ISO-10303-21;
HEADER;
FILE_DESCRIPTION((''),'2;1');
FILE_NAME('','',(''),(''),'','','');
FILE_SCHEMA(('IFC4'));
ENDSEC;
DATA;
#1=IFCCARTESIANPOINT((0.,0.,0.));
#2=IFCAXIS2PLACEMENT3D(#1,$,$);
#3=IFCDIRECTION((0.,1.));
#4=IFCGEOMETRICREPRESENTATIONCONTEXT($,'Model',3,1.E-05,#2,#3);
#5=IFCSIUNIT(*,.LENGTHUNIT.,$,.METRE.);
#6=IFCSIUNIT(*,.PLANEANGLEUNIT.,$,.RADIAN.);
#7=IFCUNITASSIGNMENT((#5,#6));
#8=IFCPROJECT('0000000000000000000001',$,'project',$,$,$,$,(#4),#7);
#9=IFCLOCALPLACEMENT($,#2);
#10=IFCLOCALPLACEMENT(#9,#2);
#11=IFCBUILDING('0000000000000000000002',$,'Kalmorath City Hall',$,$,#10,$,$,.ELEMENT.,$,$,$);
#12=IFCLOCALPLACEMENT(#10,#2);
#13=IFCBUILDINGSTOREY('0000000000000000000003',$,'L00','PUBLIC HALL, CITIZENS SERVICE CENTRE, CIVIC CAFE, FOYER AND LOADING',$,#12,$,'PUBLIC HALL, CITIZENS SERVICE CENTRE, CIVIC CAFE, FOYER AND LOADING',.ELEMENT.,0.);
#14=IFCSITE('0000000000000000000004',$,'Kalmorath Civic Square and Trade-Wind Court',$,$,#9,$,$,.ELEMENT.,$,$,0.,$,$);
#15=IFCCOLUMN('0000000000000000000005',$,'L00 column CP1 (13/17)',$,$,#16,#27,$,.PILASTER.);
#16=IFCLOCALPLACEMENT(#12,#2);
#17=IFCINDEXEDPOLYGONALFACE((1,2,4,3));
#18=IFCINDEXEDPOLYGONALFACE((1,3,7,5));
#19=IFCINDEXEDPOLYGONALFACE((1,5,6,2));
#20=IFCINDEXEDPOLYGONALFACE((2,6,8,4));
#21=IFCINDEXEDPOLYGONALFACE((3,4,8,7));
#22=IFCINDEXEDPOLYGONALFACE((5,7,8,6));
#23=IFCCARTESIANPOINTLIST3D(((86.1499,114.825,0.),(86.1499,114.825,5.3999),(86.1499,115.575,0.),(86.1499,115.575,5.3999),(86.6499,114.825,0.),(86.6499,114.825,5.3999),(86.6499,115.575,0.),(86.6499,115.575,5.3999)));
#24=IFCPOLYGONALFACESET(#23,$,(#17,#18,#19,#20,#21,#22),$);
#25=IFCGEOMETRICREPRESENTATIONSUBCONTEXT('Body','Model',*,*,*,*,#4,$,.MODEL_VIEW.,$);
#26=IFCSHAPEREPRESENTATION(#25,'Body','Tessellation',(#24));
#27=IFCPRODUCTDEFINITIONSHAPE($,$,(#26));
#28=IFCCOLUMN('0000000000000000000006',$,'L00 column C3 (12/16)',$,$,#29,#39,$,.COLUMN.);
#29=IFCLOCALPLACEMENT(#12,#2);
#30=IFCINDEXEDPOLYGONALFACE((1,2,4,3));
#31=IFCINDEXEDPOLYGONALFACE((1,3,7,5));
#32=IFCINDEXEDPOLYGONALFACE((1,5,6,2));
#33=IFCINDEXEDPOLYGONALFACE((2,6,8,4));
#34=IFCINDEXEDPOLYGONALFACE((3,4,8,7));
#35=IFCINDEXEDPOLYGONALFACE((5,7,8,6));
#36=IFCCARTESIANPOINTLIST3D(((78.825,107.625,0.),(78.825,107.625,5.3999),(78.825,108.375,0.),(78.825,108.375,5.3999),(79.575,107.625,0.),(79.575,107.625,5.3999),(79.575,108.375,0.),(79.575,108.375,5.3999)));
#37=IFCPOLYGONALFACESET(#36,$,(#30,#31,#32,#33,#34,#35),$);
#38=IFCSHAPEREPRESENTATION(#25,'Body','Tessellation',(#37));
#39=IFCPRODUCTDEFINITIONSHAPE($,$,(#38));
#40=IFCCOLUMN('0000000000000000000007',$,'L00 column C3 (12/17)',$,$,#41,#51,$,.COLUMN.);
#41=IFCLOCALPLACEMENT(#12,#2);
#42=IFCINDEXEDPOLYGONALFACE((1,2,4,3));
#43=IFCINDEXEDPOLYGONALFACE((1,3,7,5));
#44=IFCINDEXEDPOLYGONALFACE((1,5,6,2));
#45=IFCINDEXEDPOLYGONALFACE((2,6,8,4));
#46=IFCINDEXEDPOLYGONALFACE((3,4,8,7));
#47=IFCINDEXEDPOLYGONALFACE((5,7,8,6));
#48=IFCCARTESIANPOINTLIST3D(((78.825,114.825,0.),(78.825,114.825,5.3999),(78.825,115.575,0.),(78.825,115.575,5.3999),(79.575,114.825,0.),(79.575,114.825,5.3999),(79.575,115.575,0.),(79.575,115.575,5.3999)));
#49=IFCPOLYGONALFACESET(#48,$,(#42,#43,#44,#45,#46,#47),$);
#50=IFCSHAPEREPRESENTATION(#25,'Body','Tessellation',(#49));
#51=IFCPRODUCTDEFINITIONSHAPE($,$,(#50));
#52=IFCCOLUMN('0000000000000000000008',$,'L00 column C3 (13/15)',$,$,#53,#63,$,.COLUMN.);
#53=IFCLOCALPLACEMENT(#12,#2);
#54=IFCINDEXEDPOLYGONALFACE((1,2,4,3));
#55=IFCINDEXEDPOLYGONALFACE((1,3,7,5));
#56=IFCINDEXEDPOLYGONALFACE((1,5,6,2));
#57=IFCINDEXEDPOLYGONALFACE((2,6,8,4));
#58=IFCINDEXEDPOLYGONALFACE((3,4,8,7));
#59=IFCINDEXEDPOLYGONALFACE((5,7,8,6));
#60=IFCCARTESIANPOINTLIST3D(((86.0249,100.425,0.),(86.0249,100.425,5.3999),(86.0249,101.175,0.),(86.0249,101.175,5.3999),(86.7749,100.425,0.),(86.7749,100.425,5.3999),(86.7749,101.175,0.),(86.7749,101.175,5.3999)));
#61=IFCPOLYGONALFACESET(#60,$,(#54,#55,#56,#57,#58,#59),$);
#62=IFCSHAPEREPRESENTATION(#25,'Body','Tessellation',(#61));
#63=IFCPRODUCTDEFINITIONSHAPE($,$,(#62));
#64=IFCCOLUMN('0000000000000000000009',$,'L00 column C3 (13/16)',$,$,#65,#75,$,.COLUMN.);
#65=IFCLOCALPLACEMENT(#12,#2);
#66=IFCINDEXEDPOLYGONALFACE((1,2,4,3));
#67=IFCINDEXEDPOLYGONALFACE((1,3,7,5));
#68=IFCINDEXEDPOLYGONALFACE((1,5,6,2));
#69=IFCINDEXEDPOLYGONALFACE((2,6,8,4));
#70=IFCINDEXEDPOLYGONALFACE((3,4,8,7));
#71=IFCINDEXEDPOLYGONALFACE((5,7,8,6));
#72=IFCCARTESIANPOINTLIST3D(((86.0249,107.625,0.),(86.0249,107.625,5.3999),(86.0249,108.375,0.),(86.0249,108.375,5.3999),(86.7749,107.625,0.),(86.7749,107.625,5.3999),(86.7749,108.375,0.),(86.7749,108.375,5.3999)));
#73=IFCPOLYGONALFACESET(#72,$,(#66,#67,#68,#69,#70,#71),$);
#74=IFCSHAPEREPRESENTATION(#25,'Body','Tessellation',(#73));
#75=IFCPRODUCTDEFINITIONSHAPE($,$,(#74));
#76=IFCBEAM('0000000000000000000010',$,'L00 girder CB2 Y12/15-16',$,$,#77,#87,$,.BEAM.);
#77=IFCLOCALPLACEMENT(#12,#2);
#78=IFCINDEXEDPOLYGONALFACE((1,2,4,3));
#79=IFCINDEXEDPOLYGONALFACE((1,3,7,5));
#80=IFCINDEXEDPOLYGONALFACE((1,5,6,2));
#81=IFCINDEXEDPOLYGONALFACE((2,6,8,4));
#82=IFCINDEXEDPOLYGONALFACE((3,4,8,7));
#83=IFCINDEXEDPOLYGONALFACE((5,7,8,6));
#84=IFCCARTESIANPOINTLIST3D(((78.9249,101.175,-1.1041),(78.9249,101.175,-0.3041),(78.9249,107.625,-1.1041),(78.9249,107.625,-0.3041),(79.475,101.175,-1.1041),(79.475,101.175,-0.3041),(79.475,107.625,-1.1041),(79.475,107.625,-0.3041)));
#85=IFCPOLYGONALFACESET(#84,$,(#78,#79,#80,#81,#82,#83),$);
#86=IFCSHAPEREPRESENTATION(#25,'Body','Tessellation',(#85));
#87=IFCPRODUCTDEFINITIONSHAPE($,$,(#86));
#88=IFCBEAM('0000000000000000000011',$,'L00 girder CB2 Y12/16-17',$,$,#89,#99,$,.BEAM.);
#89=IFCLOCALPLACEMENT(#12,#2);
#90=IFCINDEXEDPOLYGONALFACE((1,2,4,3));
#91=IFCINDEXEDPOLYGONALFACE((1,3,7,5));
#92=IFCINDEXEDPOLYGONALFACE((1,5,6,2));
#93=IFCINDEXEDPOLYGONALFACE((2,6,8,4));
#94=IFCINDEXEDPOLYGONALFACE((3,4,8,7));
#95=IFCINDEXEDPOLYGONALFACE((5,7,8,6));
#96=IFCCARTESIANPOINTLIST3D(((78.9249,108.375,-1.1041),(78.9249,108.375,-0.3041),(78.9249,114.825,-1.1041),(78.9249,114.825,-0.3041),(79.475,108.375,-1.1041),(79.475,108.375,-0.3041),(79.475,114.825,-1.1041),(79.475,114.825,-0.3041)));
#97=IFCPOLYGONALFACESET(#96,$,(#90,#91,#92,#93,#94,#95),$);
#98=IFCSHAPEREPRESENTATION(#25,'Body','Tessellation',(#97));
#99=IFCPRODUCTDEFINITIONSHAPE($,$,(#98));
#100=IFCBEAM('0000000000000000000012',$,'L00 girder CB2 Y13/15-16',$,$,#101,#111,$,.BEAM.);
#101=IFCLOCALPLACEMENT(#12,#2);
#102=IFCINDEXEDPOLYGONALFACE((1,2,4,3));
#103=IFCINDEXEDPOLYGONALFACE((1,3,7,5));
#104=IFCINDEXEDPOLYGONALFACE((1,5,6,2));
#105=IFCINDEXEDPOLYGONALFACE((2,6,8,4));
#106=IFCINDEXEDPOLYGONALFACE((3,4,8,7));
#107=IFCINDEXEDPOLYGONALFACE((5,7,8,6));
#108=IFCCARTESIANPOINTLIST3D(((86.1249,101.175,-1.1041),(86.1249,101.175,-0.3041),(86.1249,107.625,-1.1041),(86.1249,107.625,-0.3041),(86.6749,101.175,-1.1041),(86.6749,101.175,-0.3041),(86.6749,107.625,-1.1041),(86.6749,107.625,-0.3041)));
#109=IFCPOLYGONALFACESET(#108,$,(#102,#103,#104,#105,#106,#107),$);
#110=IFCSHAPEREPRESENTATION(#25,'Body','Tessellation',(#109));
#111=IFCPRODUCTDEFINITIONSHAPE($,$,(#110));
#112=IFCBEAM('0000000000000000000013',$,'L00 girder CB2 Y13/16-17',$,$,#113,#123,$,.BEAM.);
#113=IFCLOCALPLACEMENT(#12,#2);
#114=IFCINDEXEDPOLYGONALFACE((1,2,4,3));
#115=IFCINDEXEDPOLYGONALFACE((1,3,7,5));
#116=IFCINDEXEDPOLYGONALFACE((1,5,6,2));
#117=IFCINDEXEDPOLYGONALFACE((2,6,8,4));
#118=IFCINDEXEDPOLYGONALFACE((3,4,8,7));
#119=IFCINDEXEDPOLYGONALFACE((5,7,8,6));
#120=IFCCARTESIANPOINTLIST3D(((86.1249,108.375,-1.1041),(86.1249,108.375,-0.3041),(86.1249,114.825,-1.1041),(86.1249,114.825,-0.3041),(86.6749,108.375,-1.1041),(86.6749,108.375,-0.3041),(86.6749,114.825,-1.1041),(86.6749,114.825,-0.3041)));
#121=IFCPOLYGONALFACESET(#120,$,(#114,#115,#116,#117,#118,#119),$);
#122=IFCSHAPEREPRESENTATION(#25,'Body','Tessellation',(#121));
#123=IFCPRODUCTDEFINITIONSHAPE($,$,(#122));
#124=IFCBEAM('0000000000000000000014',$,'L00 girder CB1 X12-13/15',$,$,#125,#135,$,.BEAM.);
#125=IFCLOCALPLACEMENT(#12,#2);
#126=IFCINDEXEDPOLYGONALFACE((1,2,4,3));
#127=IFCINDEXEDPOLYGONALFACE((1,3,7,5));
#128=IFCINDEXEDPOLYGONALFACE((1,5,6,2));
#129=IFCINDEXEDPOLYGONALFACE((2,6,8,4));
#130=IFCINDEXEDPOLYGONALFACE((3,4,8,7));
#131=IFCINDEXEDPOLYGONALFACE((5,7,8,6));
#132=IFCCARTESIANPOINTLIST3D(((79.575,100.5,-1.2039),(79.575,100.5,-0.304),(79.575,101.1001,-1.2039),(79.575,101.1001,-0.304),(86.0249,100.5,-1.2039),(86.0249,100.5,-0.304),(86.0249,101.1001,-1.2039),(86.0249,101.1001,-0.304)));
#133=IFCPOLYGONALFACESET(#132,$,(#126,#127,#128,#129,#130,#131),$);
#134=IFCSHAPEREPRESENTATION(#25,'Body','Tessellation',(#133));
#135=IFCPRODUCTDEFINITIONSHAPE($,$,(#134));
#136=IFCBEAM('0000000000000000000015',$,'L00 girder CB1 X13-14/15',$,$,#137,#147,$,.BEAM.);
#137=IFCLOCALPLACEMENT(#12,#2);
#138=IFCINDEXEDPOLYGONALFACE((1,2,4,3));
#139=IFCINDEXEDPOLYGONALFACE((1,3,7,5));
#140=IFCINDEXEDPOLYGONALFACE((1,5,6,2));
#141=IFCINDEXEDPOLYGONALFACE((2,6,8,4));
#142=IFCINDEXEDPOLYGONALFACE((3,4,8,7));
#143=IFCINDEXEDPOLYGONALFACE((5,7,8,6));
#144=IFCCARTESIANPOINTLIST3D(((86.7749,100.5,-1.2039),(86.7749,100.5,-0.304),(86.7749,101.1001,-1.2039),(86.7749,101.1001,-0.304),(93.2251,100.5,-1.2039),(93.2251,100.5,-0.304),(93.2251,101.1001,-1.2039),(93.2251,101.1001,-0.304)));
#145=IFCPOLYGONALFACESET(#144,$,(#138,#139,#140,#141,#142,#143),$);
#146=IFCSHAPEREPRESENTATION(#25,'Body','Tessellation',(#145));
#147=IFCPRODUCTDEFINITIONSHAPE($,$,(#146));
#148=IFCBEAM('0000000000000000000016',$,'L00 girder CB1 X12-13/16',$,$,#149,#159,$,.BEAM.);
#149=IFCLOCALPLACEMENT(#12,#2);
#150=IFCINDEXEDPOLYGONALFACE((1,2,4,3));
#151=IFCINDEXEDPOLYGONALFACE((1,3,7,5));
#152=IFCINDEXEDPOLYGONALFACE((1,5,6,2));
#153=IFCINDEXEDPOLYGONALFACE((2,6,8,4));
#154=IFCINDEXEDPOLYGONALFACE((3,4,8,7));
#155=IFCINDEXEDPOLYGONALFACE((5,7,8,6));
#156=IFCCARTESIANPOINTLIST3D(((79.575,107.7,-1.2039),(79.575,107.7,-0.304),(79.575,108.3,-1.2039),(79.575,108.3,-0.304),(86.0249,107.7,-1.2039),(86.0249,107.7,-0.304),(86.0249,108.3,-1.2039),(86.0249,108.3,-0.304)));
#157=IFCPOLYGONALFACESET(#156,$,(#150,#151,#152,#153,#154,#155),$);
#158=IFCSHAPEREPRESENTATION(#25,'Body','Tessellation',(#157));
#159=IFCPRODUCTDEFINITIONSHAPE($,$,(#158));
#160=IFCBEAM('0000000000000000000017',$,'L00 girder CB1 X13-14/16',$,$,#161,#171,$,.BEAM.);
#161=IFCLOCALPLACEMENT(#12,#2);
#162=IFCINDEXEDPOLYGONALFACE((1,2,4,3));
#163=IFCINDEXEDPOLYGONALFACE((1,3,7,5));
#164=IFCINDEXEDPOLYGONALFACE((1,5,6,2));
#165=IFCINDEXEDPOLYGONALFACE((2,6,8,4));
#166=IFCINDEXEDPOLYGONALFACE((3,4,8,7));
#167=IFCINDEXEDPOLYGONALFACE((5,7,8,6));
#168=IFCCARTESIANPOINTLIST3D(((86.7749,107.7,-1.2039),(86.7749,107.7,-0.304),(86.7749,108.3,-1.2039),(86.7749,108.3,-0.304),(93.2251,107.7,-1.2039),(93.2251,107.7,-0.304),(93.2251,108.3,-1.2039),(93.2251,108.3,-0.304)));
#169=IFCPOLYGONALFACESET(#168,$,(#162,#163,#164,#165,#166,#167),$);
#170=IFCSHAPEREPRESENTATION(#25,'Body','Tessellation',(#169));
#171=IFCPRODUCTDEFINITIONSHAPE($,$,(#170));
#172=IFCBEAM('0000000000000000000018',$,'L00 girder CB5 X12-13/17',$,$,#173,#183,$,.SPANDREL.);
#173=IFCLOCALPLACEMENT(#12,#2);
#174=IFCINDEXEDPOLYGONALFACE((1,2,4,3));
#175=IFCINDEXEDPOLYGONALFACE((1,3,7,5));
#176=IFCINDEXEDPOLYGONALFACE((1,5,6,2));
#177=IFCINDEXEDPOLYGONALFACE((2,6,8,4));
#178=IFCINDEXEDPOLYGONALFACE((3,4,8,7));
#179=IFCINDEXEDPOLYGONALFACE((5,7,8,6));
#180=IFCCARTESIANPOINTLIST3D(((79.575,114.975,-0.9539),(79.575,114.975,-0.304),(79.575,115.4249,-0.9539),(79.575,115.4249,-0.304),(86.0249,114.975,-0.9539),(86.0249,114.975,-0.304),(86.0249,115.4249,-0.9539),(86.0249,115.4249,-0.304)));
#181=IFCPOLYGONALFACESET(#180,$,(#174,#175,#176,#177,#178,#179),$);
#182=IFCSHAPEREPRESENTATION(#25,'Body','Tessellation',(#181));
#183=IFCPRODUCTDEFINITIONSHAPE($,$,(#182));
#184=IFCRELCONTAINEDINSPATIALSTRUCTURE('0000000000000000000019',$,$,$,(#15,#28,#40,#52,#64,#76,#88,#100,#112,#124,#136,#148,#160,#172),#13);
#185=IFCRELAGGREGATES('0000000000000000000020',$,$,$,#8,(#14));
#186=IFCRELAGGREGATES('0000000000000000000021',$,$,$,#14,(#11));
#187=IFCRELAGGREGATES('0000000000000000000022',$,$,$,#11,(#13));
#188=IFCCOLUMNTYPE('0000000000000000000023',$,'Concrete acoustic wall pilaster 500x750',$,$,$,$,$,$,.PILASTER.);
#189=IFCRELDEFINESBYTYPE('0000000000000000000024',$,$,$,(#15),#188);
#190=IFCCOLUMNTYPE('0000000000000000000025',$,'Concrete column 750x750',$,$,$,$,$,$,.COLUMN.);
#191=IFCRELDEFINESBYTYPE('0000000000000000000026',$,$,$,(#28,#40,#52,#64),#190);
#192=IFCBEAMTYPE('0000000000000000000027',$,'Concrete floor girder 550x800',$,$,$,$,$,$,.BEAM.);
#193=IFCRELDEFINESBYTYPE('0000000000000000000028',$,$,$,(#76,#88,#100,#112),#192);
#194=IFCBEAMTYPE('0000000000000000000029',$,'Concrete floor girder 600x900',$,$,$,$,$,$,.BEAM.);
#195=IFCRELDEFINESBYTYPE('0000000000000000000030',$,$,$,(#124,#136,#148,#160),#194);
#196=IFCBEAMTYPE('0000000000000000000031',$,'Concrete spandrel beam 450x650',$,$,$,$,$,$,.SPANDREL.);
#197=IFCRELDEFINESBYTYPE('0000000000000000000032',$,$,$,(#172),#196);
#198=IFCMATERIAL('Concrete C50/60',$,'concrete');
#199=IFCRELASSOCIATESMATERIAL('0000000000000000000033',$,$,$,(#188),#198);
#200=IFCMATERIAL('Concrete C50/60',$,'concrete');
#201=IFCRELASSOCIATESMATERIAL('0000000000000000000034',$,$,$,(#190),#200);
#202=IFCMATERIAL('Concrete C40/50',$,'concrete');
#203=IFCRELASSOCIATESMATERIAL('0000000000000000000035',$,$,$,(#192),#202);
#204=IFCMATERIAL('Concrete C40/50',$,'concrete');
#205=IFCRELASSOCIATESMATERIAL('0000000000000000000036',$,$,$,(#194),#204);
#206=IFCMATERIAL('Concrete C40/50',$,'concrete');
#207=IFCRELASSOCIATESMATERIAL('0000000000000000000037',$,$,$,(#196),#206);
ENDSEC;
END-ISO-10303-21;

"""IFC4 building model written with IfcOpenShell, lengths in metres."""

from ifc_helpers import new_model, si_unit, direction, frame, origin, origin_2d, place, context, subcontext, project, spatial, rectangle, extrude, material, material_profile, profile_set, type_object, element, save


model = new_model("IFC4")

# Units and contexts
model_context = context("Model", 3, precision=1e-05, world=origin(), true_north=direction((0.0, 1.0)))
body_context = subcontext(model_context, "Body", "Model", "MODEL_VIEW")
ifc_project = project(units=[si_unit("LENGTHUNIT", "METRE"), si_unit("PLANEANGLEUNIT", "RADIAN")], contexts=[model_context])

# Site, building, storey
site_placement = place(None, origin())
site = spatial("IfcSite", under=ifc_project, at=site_placement, Name="Kalmorath Civic Square and Trade-Wind Court", CompositionType="ELEMENT", RefElevation=0.0)
building_placement = place(site_placement, origin())
building = spatial("IfcBuilding", under=site, at=building_placement, Name="Kalmorath City Hall", CompositionType="ELEMENT")
storey_placement = place(building_placement, origin())
storey = spatial("IfcBuildingStorey", under=building, at=storey_placement, Name="L00", Description="PUBLIC HALL, CITIZENS SERVICE CENTRE, CIVIC CAFE, FOYER AND LOADING", LongName="PUBLIC HALL, CITIZENS SERVICE CENTRE, CIVIC CAFE, FOYER AND LOADING", CompositionType="ELEMENT", Elevation=0.0)

# Columns
ifc_material_1 = material(Name="Concrete C50/60", Category="concrete")
ifc_material_profile_1 = material_profile(ifc_material_1, rectangle(XDim=0.5, YDim=0.75, at=origin_2d()), Name="RC-PIL-500X750")
ifc_profile_set_1 = profile_set([ifc_material_profile_1], Name="Concrete C50/60")
column_type_1 = type_object("IfcColumnType", Name="Concrete acoustic wall pilaster 500x750", PredefinedType="PILASTER", material=ifc_profile_set_1)
column_placement = place(storey_placement, frame((86.3999, 115.2, 0.0), z_axis=(0.0, 0.0, 1.0), x_axis=(1.0, 0.0, 0.0)))
element("IfcColumn", 1, at=column_placement, inside=storey, type_object=column_type_1, Name="L00 column CP1 (13/17)", PredefinedType="PILASTER", context=body_context, shape_type="SweptSolid", body=[
    extrude(rectangle(XDim=0.5, YDim=0.75, at=origin_2d()), origin(), (0.0, 0.0, 1.0), 5.3999),
])
ifc_material_2 = material(Name="Concrete C50/60", Category="concrete")
ifc_material_profile_2 = material_profile(ifc_material_2, rectangle(XDim=0.75, YDim=0.75, at=origin_2d()), Name="RC-COL-750X750")
ifc_profile_set_2 = profile_set([ifc_material_profile_2], Name="Concrete C50/60")
column_type_2 = type_object("IfcColumnType", Name="Concrete column 750x750", PredefinedType="COLUMN", material=ifc_profile_set_2)
for number, where, z_axis, x_axis, name in (
    (2, (79.2, 108.0, 0.0), (0.0, 0.0, 1.0), (1.0, 0.0, 0.0), "L00 column C3 (12/16)"),
    (3, (79.2, 115.2, 0.0), (0.0, 0.0, 1.0), (1.0, 0.0, 0.0), "L00 column C3 (12/17)"),
    (4, (86.3999, 100.8, 0.0), (0.0, 0.0, 1.0), (1.0, 0.0, 0.0), "L00 column C3 (13/15)"),
    (5, (86.3999, 108.0, 0.0), (0.0, 0.0, 1.0), (1.0, 0.0, 0.0), "L00 column C3 (13/16)"),
):
    element("IfcColumn", number, at=place(storey_placement, frame(where, z_axis=z_axis, x_axis=x_axis)), inside=storey, type_object=column_type_2, Name=name, PredefinedType="COLUMN", context=body_context, shape_type="SweptSolid", body=[
        extrude(rectangle(XDim=0.75, YDim=0.75, at=origin_2d()), origin(), (0.0, 0.0, 1.0), 5.3999),
    ])

# Beams
ifc_material_3 = material(Name="Concrete C40/50", Category="concrete")
ifc_material_profile_3 = material_profile(ifc_material_3, rectangle(XDim=0.55, YDim=0.8, at=origin_2d()), Name="RC-BM-550X800")
ifc_profile_set_3 = profile_set([ifc_material_profile_3], Name="Concrete C40/50")
beam_type_1 = type_object("IfcBeamType", Name="Concrete floor girder 550x800", PredefinedType="BEAM", material=ifc_profile_set_3)
for number, where, z_axis, x_axis, name in (
    (6, (79.2, 101.175, -0.7041), (0.0, 1.0, 0.0), (-1.0, 0.0, 0.0), "L00 girder CB2 Y12/15-16"),
    (7, (79.2, 108.375, -0.7041), (0.0, 1.0, 0.0), (-1.0, 0.0, 0.0), "L00 girder CB2 Y12/16-17"),
    (8, (86.3999, 101.175, -0.7041), (0.0, 1.0, 0.0), (-1.0, 0.0, 0.0), "L00 girder CB2 Y13/15-16"),
    (9, (86.3999, 108.375, -0.7041), (0.0, 1.0, 0.0), (-1.0, 0.0, 0.0), "L00 girder CB2 Y13/16-17"),
):
    element("IfcBeam", number, at=place(storey_placement, frame(where, z_axis=z_axis, x_axis=x_axis)), inside=storey, type_object=beam_type_1, Name=name, PredefinedType="BEAM", context=body_context, shape_type="SweptSolid", body=[
        extrude(rectangle(XDim=0.55, YDim=0.8, at=origin_2d()), origin(), (0.0, 0.0, 1.0), 6.45),
    ])
ifc_material_4 = material(Name="Concrete C40/50", Category="concrete")
ifc_material_profile_4 = material_profile(ifc_material_4, rectangle(XDim=0.6001, YDim=0.8999, at=origin_2d()), Name="RC-BM-600X900")
ifc_profile_set_4 = profile_set([ifc_material_profile_4], Name="Concrete C40/50")
beam_type_2 = type_object("IfcBeamType", Name="Concrete floor girder 600x900", PredefinedType="BEAM", material=ifc_profile_set_4)
beam_1_placement = place(storey_placement, frame((79.575, 100.8, -0.7539), z_axis=(1.0, 0.0, 0.0), x_axis=(0.0, 1.0, 0.0)))
element("IfcBeam", 10, at=beam_1_placement, inside=storey, type_object=beam_type_2, Name="L00 girder CB1 X12-13/15", PredefinedType="BEAM", context=body_context, shape_type="SweptSolid", body=[
    extrude(rectangle(XDim=0.6001, YDim=0.8999, at=origin_2d()), origin(), (0.0, 0.0, 1.0), 6.45),
])
beam_2_placement = place(storey_placement, frame((86.7749, 100.8, -0.7539), z_axis=(1.0, 0.0, 0.0), x_axis=(0.0, 1.0, 0.0)))
element("IfcBeam", 11, at=beam_2_placement, inside=storey, type_object=beam_type_2, Name="L00 girder CB1 X13-14/15", PredefinedType="BEAM", context=body_context, shape_type="SweptSolid", body=[
    extrude(rectangle(XDim=0.6001, YDim=0.8999, at=origin_2d()), origin(), (0.0, 0.0, 1.0), 6.4502),
])
beam_3_placement = place(storey_placement, frame((79.575, 108.0, -0.7539), z_axis=(1.0, 0.0, 0.0), x_axis=(0.0, 1.0, 0.0)))
element("IfcBeam", 12, at=beam_3_placement, inside=storey, type_object=beam_type_2, Name="L00 girder CB1 X12-13/16", PredefinedType="BEAM", context=body_context, shape_type="SweptSolid", body=[
    extrude(rectangle(XDim=0.6001, YDim=0.8999, at=origin_2d()), origin(), (0.0, 0.0, 1.0), 6.45),
])
beam_4_placement = place(storey_placement, frame((86.7749, 108.0, -0.7539), z_axis=(1.0, 0.0, 0.0), x_axis=(0.0, 1.0, 0.0)))
element("IfcBeam", 13, at=beam_4_placement, inside=storey, type_object=beam_type_2, Name="L00 girder CB1 X13-14/16", PredefinedType="BEAM", context=body_context, shape_type="SweptSolid", body=[
    extrude(rectangle(XDim=0.6001, YDim=0.8999, at=origin_2d()), origin(), (0.0, 0.0, 1.0), 6.4502),
])
ifc_material_5 = material(Name="Concrete C40/50", Category="concrete")
ifc_material_profile_5 = material_profile(ifc_material_5, rectangle(XDim=0.45, YDim=0.6499, at=origin_2d()), Name="RC-BM-450X650")
ifc_profile_set_5 = profile_set([ifc_material_profile_5], Name="Concrete C40/50")
beam_type_3 = type_object("IfcBeamType", Name="Concrete spandrel beam 450x650", PredefinedType="SPANDREL", material=ifc_profile_set_5)
beam_5_placement = place(storey_placement, frame((79.575, 115.2, -0.6289), z_axis=(1.0, 0.0, 0.0), x_axis=(0.0, 1.0, 0.0)))
element("IfcBeam", 14, at=beam_5_placement, inside=storey, type_object=beam_type_3, Name="L00 girder CB5 X12-13/17", PredefinedType="SPANDREL", context=body_context, shape_type="SweptSolid", body=[
    extrude(rectangle(XDim=0.45, YDim=0.6499, at=origin_2d()), origin(), (0.0, 0.0, 1.0), 6.45),
])

save(model, "model.ifc")
